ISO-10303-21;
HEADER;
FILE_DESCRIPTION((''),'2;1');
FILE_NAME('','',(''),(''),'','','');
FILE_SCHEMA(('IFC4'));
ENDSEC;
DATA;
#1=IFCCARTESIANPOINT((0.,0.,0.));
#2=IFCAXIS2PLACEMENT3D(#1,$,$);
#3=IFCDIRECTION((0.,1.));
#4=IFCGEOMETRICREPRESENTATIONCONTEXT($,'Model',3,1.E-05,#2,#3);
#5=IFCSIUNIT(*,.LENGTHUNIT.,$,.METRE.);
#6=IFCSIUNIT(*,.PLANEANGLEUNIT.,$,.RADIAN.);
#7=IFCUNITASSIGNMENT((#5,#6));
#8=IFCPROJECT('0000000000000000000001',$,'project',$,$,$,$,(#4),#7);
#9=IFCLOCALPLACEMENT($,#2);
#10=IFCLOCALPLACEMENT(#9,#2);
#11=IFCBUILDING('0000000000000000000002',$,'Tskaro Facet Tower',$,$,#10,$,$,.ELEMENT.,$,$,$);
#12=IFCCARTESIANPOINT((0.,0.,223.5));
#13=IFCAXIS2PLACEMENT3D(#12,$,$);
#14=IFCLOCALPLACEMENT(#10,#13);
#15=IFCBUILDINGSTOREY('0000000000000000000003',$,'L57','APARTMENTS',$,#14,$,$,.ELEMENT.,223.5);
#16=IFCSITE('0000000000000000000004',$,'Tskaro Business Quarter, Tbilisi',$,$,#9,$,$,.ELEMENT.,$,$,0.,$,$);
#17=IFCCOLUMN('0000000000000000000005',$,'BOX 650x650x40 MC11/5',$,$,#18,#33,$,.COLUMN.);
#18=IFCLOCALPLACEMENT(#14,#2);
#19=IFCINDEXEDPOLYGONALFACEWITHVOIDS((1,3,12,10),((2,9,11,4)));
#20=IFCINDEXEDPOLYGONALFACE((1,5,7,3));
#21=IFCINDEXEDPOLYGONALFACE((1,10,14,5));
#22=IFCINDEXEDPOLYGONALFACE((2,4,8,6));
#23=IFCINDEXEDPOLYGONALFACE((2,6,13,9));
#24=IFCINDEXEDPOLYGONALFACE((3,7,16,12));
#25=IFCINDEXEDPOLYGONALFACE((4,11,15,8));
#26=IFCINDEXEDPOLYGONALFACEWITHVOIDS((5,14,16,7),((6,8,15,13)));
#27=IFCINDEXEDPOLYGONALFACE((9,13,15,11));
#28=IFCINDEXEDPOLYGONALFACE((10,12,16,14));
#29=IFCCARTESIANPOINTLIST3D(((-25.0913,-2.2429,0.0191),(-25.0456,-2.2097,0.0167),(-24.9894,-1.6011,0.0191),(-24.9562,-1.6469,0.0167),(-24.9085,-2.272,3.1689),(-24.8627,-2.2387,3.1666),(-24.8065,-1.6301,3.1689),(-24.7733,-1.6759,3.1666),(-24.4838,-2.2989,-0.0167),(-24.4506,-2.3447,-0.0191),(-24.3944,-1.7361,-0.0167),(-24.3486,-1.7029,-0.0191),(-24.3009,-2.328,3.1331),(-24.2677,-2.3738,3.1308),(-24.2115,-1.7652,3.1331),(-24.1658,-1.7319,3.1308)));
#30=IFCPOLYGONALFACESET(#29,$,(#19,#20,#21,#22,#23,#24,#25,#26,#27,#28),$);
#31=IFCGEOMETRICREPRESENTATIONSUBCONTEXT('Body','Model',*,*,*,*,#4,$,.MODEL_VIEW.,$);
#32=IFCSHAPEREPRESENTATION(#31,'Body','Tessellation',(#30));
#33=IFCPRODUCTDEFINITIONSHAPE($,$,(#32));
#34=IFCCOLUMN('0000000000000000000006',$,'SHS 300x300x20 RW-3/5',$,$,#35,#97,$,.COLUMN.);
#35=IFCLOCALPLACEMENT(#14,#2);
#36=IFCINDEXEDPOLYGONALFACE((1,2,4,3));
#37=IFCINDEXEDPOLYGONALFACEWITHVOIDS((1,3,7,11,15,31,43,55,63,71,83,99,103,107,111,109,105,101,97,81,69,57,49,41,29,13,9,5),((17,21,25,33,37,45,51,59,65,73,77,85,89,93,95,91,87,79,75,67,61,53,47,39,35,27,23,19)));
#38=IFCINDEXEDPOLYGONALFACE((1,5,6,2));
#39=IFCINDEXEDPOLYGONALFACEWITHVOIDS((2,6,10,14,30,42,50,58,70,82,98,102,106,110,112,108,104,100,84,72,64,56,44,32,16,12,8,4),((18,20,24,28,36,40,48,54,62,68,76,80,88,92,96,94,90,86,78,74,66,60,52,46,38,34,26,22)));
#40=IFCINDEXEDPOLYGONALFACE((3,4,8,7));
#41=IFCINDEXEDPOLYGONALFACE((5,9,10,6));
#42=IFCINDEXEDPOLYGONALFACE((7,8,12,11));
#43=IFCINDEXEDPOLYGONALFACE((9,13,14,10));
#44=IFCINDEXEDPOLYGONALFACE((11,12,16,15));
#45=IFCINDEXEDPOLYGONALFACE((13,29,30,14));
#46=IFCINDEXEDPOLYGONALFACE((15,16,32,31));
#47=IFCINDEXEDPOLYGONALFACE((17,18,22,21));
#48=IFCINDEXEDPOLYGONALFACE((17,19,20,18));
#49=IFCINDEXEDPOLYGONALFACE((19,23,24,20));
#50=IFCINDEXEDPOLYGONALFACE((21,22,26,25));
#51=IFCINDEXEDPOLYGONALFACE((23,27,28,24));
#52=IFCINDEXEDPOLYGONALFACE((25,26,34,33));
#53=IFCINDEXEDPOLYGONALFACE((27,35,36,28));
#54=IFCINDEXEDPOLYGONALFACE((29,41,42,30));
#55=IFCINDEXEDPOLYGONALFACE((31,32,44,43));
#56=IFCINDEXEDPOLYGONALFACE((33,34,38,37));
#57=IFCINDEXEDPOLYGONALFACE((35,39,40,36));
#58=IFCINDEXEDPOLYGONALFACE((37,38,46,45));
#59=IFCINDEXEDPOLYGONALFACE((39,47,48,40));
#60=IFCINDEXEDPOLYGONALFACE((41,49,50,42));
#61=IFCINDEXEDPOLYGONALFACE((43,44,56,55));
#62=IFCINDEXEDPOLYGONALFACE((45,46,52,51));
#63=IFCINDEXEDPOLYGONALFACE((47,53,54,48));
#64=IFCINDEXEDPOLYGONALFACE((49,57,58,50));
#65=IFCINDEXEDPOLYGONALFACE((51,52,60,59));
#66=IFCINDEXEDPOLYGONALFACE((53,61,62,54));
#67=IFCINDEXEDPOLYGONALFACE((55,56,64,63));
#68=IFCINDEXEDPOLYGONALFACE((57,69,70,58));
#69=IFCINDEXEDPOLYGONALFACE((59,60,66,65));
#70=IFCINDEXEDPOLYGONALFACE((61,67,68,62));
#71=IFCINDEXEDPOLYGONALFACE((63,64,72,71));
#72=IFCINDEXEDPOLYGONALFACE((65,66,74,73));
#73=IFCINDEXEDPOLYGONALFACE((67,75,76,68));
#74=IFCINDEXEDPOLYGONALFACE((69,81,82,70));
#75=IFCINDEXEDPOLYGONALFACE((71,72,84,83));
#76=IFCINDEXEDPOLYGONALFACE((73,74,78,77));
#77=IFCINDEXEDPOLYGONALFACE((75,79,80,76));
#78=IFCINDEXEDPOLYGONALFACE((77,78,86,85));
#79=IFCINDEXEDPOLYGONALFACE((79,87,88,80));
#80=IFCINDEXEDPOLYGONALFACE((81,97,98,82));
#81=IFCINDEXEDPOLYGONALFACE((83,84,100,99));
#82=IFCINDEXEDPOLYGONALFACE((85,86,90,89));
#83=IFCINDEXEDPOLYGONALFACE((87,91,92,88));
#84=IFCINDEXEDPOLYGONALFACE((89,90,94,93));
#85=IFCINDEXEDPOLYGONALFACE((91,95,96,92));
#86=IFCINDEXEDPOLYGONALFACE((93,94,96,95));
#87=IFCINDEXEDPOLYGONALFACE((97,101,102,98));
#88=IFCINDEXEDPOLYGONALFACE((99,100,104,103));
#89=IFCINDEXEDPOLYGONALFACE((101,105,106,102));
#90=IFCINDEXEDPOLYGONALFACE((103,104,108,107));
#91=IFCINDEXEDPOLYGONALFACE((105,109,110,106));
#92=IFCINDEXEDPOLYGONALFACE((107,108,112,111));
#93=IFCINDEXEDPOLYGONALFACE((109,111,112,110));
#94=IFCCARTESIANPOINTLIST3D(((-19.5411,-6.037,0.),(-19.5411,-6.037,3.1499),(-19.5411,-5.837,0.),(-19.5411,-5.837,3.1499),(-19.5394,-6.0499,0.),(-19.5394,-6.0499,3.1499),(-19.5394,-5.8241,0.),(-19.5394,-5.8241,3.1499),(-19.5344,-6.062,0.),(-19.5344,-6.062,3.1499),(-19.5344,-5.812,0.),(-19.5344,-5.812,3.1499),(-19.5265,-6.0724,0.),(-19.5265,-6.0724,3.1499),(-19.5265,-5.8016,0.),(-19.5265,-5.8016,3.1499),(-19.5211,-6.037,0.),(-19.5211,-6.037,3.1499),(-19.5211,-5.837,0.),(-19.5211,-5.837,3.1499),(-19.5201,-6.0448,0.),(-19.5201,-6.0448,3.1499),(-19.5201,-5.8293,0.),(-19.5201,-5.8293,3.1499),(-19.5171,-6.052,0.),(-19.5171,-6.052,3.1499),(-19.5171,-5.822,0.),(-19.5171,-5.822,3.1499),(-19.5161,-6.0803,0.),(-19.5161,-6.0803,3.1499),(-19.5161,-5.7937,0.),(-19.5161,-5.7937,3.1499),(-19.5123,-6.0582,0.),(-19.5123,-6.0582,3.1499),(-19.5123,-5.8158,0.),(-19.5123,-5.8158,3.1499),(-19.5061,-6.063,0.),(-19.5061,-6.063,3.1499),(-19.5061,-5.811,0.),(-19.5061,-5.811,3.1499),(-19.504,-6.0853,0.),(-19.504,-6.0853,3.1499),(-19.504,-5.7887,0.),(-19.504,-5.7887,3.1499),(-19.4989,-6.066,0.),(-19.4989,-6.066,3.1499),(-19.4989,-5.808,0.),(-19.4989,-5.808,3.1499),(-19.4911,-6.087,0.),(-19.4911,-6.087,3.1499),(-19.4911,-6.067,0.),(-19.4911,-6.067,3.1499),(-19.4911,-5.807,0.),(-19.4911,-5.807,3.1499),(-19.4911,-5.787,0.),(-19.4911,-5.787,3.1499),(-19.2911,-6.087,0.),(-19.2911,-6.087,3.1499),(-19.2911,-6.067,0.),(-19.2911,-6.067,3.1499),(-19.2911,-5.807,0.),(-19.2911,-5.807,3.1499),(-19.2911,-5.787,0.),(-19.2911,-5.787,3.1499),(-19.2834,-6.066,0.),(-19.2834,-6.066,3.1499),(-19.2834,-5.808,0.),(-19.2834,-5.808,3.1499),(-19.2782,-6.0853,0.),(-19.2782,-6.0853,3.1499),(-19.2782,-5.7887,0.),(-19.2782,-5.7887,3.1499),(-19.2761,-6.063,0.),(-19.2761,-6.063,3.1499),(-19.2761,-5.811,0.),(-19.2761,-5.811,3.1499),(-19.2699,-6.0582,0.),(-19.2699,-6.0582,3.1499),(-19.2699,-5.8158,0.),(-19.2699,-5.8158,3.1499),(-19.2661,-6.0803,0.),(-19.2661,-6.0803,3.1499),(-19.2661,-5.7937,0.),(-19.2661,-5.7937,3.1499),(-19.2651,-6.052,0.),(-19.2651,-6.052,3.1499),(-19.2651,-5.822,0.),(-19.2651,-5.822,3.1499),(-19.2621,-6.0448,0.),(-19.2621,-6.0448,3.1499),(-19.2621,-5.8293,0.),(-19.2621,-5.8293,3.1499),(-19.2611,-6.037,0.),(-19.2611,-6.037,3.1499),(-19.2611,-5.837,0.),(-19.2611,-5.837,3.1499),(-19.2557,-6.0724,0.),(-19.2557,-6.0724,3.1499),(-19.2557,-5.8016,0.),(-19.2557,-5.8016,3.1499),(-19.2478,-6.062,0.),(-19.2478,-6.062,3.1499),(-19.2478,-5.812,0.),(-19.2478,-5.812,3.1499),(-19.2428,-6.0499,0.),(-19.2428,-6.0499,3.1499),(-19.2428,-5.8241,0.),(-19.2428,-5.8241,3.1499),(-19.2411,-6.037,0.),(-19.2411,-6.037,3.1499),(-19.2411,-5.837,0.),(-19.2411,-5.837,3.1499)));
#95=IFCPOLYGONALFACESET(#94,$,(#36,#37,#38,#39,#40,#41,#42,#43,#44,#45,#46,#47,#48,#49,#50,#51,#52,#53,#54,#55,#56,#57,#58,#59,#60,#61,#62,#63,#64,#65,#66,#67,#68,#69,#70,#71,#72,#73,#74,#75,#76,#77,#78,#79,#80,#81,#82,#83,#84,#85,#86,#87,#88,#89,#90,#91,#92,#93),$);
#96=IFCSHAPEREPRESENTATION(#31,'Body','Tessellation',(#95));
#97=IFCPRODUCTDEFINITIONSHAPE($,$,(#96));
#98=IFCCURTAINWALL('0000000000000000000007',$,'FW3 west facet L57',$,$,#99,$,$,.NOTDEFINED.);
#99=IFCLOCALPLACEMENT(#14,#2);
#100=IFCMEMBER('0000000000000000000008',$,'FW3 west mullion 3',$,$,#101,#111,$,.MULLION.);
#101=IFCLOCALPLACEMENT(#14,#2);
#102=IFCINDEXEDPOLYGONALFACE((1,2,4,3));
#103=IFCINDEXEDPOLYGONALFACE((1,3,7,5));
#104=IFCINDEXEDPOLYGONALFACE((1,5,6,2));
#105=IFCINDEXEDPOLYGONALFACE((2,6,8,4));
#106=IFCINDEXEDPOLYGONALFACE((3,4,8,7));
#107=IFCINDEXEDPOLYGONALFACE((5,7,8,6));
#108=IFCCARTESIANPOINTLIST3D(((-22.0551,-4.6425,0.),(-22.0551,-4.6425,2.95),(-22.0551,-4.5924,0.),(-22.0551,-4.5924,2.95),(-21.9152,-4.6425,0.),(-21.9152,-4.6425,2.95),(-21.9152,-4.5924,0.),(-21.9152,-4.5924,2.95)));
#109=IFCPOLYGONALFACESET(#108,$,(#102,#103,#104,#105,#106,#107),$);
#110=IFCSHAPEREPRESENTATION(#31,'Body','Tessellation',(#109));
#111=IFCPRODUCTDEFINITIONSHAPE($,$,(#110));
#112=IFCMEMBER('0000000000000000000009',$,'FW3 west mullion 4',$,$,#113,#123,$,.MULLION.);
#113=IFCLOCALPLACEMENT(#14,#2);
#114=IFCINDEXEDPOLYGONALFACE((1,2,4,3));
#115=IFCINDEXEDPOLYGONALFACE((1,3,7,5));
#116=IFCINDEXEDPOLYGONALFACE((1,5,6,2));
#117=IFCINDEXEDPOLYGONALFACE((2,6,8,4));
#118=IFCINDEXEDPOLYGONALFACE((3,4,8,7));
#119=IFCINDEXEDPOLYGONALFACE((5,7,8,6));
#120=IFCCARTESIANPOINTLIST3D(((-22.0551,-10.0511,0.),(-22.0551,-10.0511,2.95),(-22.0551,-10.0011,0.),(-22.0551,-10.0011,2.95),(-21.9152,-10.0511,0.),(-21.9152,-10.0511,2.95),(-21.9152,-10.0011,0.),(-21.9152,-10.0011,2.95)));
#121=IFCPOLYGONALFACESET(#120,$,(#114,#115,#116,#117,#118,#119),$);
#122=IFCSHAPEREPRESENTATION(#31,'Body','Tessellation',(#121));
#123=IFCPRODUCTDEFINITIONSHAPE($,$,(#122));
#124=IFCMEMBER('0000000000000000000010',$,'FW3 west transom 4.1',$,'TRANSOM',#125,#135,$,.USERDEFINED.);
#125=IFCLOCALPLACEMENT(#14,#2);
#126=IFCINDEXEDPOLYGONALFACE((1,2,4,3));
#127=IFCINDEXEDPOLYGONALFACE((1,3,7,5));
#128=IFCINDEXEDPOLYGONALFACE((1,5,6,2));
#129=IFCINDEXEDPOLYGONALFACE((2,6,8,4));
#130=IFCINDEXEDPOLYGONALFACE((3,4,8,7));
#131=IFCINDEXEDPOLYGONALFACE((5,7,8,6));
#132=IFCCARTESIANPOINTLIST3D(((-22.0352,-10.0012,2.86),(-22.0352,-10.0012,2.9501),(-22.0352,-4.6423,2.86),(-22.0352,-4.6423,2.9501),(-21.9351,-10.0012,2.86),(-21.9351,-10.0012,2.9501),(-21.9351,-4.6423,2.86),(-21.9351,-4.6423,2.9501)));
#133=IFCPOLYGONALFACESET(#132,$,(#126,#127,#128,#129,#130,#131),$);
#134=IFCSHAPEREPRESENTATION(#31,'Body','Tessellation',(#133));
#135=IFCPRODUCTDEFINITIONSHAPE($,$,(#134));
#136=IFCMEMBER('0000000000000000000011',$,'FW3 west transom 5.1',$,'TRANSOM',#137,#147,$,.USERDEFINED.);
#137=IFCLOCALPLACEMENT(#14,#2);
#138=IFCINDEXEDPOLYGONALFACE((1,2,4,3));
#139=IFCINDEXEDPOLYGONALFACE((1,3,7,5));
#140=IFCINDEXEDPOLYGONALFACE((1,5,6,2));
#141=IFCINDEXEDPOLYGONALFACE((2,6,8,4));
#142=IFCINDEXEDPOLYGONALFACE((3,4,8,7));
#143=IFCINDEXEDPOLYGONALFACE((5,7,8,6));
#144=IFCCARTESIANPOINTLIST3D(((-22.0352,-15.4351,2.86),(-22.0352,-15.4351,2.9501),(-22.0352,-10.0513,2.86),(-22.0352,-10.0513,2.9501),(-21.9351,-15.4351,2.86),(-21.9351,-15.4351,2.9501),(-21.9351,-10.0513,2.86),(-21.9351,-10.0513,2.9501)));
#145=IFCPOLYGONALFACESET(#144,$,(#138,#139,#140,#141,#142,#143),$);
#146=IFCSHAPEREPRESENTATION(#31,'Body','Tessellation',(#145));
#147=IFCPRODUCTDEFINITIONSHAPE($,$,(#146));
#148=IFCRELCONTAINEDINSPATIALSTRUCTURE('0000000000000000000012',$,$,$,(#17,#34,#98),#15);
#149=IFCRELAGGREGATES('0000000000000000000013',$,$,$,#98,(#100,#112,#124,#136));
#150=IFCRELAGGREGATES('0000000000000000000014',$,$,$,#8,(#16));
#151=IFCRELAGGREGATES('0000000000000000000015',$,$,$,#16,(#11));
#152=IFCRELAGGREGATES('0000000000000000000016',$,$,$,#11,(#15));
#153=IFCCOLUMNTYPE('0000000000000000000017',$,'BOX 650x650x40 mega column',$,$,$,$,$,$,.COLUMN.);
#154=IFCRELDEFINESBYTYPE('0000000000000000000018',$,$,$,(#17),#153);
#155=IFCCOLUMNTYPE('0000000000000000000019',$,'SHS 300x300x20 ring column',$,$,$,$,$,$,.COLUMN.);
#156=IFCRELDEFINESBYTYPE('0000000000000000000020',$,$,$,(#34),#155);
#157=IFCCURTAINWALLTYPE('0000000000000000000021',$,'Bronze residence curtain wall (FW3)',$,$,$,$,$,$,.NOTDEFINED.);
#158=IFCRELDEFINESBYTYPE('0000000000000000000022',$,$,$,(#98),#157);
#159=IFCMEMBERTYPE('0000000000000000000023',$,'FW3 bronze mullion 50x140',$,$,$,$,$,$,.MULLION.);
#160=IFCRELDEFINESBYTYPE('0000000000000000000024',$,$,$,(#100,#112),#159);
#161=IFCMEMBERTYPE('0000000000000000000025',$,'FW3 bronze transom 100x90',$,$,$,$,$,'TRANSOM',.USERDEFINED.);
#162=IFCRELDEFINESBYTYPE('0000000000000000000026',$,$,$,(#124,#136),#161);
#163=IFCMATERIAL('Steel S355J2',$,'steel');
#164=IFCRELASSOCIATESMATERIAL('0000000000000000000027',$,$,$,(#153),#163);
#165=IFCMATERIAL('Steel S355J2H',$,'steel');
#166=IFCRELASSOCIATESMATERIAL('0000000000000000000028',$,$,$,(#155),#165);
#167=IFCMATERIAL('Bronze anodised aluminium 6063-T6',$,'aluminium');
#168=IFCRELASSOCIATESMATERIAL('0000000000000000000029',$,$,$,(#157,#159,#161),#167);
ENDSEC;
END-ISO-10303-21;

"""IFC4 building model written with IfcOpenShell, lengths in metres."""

from ifc_helpers import new_model, si_unit, direction, frame, origin, origin_2d, place, context, subcontext, project, spatial, rectangle, hollow_rectangle, extrude, material, material_profile, profile_set, type_object, element, aggregate, save


model = new_model("IFC4")

# Units and contexts
model_context = context("Model", 3, precision=1e-05, world=origin(), true_north=direction((0.0, 1.0)))
body_context = subcontext(model_context, "Body", "Model", "MODEL_VIEW")
ifc_project = project(units=[si_unit("LENGTHUNIT", "METRE"), si_unit("PLANEANGLEUNIT", "RADIAN")], contexts=[model_context])

# Site, building, storey
site_placement = place(None, origin())
site = spatial("IfcSite", under=ifc_project, at=site_placement, Name="Tskaro Business Quarter, Tbilisi", CompositionType="ELEMENT", RefElevation=0.0)
building_placement = place(site_placement, origin())
building = spatial("IfcBuilding", under=site, at=building_placement, Name="Tskaro Facet Tower", CompositionType="ELEMENT")
storey_placement = place(building_placement, frame((0.0, 0.0, 223.5)))
storey = spatial("IfcBuildingStorey", under=building, at=storey_placement, Name="L57", Description="APARTMENTS", CompositionType="ELEMENT", Elevation=223.5)

# Columns
ifc_material_1 = material(Name="Steel S355J2", Category="steel")
ifc_material_profile_1 = material_profile(ifc_material_1, hollow_rectangle(XDim=0.6499, YDim=0.6499, WallThickness=0.04, at=origin_2d()), Name="BOX 650x650x40")
ifc_profile_set_1 = profile_set([ifc_material_profile_1], Name="Steel S355J2")
column_type_1 = type_object("IfcColumnType", Name="BOX 650x650x40 mega column", PredefinedType="COLUMN", material=ifc_profile_set_1)
column_1_placement = place(storey_placement, frame((-24.72, -1.9729, 0.0), z_axis=(0.057953, -0.009207, 0.998277), x_axis=(0.15691, 0.987613, 0.0)))
element("IfcColumn", 1, at=column_1_placement, inside=storey, type_object=column_type_1, Name="BOX 650x650x40 MC11/5", PredefinedType="COLUMN", context=body_context, shape_type="SweptSolid", body=[
    extrude(hollow_rectangle(XDim=0.6499, YDim=0.6499, WallThickness=0.04, at=origin_2d()), origin(), (0.0, 0.0, 1.0), 3.1553),
])
ifc_material_2 = material(Name="Steel S355J2H", Category="steel")
ifc_material_profile_2 = material_profile(ifc_material_2, hollow_rectangle(XDim=0.3, YDim=0.3, WallThickness=0.02, InnerFilletRadius=0.03, OuterFilletRadius=0.05, at=origin_2d()), Name="SHS 300x300x20")
ifc_profile_set_2 = profile_set([ifc_material_profile_2], Name="Steel S355J2H")
column_type_2 = type_object("IfcColumnType", Name="SHS 300x300x20 ring column", PredefinedType="COLUMN", material=ifc_profile_set_2)
column_2_placement = place(storey_placement, frame((-19.3911, -5.937, 0.0), z_axis=(0.0, 0.0, 1.0), x_axis=(1.0, 0.0, 0.0)))
element("IfcColumn", 2, at=column_2_placement, inside=storey, type_object=column_type_2, Name="SHS 300x300x20 RW-3/5", PredefinedType="COLUMN", context=body_context, shape_type="SweptSolid", body=[
    extrude(hollow_rectangle(XDim=0.3, YDim=0.3, WallThickness=0.02, InnerFilletRadius=0.03, OuterFilletRadius=0.05, at=origin_2d()), origin(), (0.0, 0.0, 1.0), 3.1499),
])

# Curtain wall, members
ifc_material_3 = material(Name="Bronze anodised aluminium 6063-T6", Category="aluminium")
curtain_wall_type = type_object("IfcCurtainWallType", Name="Bronze residence curtain wall (FW3)", PredefinedType="NOTDEFINED", material=ifc_material_3)
curtain_wall_placement = place(storey_placement, origin())
curtain_wall = element("IfcCurtainWall", 3, at=curtain_wall_placement, inside=storey, type_object=curtain_wall_type, Name="FW3 west facet L57", PredefinedType="NOTDEFINED")
ifc_material_profile_3 = material_profile(ifc_material_3, rectangle(XDim=0.05, YDim=0.1399, at=origin_2d()), Name="Mullion 50x140")
ifc_profile_set_3 = profile_set([ifc_material_profile_3], Name="Bronze anodised aluminium 6063-T6")
member_type_1 = type_object("IfcMemberType", Name="FW3 bronze mullion 50x140", PredefinedType="MULLION", material=ifc_profile_set_3)
member_1_placement = place(storey_placement, frame((-21.9851, -4.6174, 0.0), z_axis=(0.0, 0.0, 1.0), x_axis=(0.0, -1.0, 0.0)))
member_1 = element("IfcMember", 4, at=member_1_placement, type_object=member_type_1, Name="FW3 west mullion 3", PredefinedType="MULLION", context=body_context, shape_type="SweptSolid", body=[
    extrude(rectangle(XDim=0.05, YDim=0.1399, at=origin_2d()), origin(), (0.0, 0.0, 1.0), 2.95),
])
member_2_placement = place(storey_placement, frame((-21.9851, -10.0261, 0.0), z_axis=(0.0, 0.0, 1.0), x_axis=(0.0, -1.0, 0.0)))
member_2 = element("IfcMember", 5, at=member_2_placement, type_object=member_type_1, Name="FW3 west mullion 4", PredefinedType="MULLION", context=body_context, shape_type="SweptSolid", body=[
    extrude(rectangle(XDim=0.05, YDim=0.1399, at=origin_2d()), origin(), (0.0, 0.0, 1.0), 2.95),
])
ifc_material_profile_4 = material_profile(ifc_material_3, rectangle(XDim=0.1001, YDim=0.0901, at=origin_2d()), Name="Transom 100x90")
ifc_profile_set_4 = profile_set([ifc_material_profile_4], Name="Bronze anodised aluminium 6063-T6")
member_type_2 = type_object("IfcMemberType", Name="FW3 bronze transom 100x90", ElementType="TRANSOM", PredefinedType="USERDEFINED", material=ifc_profile_set_4)
member_3_placement = place(storey_placement, frame((-21.9851, -4.6423, 2.905), z_axis=(0.0, -1.0, 0.0), x_axis=(1.0, 0.0, 0.0)))
member_3 = element("IfcMember", 6, at=member_3_placement, type_object=member_type_2, Name="FW3 west transom 4.1", ObjectType="TRANSOM", PredefinedType="USERDEFINED", context=body_context, shape_type="SweptSolid", body=[
    extrude(rectangle(XDim=0.1001, YDim=0.0901, at=origin_2d()), origin(), (0.0, 0.0, 1.0), 5.3589),
])
member_4_placement = place(storey_placement, frame((-21.9851, -10.0513, 2.905), z_axis=(0.0, -1.0, 0.0), x_axis=(1.0, 0.0, 0.0)))
member_4 = element("IfcMember", 7, at=member_4_placement, type_object=member_type_2, Name="FW3 west transom 5.1", ObjectType="TRANSOM", PredefinedType="USERDEFINED", context=body_context, shape_type="SweptSolid", body=[
    extrude(rectangle(XDim=0.1001, YDim=0.0901, at=origin_2d()), origin(), (0.0, 0.0, 1.0), 5.3838),
])

aggregate(curtain_wall, [member_1, member_2, member_3, member_4])

save(model, "model.ifc")
